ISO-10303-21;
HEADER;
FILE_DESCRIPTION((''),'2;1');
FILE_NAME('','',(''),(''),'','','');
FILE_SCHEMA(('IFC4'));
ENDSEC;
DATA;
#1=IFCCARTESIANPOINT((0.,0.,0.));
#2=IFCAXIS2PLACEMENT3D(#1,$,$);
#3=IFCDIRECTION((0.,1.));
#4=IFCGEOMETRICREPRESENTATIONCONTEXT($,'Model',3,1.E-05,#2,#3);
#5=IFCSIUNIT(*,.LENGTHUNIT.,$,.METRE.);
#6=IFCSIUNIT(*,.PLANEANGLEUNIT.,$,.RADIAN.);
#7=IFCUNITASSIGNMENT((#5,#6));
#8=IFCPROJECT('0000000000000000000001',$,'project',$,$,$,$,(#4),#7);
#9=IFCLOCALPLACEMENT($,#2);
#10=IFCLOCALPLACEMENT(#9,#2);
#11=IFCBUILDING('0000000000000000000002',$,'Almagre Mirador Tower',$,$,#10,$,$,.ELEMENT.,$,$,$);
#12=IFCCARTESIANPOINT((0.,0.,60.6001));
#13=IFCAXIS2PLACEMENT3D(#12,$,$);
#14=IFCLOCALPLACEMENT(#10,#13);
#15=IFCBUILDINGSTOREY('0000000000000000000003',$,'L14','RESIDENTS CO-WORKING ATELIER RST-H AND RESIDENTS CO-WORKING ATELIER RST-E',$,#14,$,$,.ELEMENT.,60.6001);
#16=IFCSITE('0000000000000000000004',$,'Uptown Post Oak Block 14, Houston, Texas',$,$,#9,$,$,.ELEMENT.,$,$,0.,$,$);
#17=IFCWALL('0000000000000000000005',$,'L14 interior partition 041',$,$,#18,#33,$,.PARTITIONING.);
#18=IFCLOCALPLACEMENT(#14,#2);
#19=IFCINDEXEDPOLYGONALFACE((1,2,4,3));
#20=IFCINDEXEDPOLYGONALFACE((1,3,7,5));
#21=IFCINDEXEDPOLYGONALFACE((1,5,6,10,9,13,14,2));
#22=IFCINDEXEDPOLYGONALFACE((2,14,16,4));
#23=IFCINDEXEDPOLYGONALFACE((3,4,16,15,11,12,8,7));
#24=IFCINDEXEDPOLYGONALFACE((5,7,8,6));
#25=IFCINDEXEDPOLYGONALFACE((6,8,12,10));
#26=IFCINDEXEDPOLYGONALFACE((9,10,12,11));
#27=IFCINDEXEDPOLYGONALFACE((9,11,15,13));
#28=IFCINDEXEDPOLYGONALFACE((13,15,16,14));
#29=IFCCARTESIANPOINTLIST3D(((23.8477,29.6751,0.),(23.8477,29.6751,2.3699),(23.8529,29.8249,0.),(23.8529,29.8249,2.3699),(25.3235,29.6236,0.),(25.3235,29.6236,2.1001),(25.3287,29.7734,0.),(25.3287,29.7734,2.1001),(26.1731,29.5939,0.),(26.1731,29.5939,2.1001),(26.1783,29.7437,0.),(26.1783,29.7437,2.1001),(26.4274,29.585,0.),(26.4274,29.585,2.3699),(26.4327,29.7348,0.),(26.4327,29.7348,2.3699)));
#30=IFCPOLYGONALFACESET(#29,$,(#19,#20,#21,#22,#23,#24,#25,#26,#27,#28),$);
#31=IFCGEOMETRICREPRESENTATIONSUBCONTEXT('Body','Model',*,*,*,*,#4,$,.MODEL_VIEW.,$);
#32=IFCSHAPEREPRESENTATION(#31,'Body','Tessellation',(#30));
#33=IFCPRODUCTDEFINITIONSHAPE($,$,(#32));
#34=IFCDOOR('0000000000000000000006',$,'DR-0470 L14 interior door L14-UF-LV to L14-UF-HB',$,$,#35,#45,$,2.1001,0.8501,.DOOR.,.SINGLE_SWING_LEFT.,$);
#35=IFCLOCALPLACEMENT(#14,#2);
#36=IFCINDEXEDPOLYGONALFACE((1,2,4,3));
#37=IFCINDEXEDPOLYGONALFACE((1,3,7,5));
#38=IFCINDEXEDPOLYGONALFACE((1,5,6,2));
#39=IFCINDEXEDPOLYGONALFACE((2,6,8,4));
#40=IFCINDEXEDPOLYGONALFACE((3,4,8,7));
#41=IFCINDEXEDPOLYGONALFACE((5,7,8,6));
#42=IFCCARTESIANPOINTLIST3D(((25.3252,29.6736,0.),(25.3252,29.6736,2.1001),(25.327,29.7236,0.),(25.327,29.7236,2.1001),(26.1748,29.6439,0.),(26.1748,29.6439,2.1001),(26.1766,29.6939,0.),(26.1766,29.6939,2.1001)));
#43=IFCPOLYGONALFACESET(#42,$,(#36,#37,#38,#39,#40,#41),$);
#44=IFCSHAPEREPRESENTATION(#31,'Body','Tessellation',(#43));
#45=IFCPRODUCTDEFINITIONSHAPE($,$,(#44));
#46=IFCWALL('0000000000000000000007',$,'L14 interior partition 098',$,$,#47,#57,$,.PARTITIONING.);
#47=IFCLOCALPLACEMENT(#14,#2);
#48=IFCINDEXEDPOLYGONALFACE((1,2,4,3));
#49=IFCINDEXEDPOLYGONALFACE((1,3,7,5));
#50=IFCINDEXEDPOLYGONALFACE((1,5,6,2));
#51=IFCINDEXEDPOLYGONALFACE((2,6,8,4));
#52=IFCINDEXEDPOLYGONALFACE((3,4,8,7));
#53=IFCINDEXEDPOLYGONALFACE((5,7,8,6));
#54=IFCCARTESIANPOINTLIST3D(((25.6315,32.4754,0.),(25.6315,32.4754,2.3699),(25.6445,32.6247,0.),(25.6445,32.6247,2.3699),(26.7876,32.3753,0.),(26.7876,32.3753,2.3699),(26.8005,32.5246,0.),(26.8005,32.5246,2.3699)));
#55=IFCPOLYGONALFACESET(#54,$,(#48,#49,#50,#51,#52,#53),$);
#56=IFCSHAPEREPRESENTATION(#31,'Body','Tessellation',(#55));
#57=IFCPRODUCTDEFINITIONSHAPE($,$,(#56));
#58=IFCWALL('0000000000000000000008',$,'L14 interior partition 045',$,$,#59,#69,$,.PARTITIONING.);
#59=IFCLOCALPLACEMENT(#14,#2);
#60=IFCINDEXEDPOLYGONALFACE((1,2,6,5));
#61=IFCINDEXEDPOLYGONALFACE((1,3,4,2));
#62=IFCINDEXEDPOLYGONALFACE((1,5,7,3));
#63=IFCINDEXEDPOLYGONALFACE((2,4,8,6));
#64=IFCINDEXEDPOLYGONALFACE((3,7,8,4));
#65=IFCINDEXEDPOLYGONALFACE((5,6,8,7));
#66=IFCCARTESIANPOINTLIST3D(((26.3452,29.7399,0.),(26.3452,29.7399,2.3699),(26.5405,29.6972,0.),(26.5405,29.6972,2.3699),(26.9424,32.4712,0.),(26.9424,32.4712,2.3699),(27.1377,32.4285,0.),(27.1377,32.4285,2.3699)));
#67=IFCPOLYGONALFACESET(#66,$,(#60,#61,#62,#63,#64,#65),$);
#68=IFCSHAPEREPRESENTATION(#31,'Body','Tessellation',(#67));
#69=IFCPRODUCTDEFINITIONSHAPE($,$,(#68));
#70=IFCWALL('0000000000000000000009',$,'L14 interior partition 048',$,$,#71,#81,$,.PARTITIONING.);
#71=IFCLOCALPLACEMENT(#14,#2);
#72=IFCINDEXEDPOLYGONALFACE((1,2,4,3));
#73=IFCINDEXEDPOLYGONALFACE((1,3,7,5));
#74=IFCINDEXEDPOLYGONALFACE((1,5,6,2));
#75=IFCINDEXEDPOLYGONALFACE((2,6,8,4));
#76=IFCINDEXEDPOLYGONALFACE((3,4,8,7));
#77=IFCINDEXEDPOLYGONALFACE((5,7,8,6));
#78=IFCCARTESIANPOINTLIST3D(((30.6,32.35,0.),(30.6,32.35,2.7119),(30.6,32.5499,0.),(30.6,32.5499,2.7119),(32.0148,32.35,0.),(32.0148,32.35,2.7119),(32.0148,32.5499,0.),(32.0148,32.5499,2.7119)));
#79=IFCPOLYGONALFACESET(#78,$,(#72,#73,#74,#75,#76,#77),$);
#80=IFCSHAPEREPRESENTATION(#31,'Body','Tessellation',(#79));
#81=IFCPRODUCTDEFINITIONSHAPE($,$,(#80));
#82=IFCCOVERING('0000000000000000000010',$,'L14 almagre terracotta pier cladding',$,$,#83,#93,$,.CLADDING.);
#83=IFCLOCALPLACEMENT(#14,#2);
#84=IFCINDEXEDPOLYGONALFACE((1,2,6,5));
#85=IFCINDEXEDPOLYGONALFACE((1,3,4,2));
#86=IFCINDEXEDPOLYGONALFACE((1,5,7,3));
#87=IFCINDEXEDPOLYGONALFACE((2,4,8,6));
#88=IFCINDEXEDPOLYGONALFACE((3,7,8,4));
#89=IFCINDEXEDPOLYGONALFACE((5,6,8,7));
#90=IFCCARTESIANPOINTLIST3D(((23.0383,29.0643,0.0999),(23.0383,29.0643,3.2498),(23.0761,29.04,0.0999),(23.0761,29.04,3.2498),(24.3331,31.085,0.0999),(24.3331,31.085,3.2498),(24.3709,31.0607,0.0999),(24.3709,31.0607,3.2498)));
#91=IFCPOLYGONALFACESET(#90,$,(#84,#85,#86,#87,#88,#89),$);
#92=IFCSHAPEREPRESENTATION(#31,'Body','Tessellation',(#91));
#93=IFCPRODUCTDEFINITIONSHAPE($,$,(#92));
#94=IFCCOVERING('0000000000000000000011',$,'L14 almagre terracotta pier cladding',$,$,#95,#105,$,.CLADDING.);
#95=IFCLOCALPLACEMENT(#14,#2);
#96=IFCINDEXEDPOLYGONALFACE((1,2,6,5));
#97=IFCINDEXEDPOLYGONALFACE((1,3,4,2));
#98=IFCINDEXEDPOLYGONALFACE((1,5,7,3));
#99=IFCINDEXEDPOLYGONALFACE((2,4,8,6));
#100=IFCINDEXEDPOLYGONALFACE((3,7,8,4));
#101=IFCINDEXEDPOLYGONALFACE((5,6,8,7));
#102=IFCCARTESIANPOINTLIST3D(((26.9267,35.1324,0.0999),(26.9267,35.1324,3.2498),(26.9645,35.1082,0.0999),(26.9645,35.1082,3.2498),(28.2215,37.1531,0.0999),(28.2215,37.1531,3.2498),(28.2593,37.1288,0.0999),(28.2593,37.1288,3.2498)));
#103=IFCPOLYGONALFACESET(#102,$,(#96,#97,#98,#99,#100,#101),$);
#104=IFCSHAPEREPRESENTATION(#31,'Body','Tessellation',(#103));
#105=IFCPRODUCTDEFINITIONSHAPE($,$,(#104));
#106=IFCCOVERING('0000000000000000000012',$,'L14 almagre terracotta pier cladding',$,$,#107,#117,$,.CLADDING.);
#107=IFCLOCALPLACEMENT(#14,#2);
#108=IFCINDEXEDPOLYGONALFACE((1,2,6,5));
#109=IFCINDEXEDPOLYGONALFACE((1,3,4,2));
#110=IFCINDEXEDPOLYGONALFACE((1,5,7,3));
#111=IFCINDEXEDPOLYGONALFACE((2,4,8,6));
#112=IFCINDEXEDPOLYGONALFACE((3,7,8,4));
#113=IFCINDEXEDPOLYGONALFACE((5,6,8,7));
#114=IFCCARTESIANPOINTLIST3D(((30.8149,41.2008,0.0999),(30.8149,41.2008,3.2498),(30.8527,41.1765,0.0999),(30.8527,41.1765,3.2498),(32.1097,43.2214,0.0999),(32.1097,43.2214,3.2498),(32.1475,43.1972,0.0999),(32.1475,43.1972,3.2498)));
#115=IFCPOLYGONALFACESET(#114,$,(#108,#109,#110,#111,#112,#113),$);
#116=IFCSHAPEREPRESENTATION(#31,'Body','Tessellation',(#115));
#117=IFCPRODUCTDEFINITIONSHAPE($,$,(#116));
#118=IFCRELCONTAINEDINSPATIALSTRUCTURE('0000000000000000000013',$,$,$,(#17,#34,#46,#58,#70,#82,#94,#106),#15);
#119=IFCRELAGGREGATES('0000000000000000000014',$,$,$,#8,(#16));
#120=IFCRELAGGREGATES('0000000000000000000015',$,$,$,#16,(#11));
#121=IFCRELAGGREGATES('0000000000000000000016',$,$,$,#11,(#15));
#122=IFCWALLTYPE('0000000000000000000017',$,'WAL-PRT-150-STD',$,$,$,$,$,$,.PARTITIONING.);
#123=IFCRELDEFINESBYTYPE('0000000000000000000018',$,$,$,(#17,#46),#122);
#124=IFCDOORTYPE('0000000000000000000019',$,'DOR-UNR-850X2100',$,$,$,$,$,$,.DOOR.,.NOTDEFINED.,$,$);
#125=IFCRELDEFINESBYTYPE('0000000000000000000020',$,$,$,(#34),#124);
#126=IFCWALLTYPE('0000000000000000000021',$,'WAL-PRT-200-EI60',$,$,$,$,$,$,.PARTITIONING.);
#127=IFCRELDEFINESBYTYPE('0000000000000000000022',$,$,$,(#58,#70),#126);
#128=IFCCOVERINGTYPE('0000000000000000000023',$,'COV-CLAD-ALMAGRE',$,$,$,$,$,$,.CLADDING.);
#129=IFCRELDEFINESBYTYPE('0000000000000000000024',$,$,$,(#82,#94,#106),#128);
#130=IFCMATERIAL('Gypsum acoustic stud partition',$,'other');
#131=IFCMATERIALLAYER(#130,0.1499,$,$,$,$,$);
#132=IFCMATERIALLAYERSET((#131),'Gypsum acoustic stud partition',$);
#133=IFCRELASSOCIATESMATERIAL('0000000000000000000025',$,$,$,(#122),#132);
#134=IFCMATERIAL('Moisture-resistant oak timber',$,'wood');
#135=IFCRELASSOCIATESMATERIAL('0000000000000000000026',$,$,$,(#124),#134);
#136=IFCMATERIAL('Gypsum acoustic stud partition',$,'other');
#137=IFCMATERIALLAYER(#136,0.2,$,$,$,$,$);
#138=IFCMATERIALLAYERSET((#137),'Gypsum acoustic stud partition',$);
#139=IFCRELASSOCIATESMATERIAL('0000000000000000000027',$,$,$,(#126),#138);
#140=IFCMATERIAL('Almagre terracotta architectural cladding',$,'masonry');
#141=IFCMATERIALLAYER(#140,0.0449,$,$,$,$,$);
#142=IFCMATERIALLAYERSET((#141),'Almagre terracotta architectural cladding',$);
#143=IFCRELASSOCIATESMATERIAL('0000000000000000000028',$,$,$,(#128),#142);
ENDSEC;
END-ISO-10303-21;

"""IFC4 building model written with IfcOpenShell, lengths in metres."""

from ifc_helpers import new_model, si_unit, direction, frame, frame_2d, origin, origin_2d, place, context, subcontext, project, spatial, rectangle, extrude, material, layer, layer_set, type_object, element, fill, save


model = new_model("IFC4")

# Units and contexts
model_context = context("Model", 3, precision=1e-05, world=origin(), true_north=direction((0.0, 1.0)))
body_context = subcontext(model_context, "Body", "Model", "MODEL_VIEW")
ifc_project = project(units=[si_unit("LENGTHUNIT", "METRE"), si_unit("PLANEANGLEUNIT", "RADIAN")], contexts=[model_context])

# Site, building, storey
site_placement = place(None, origin())
site = spatial("IfcSite", under=ifc_project, at=site_placement, Name="Uptown Post Oak Block 14, Houston, Texas", CompositionType="ELEMENT", RefElevation=0.0)
building_placement = place(site_placement, origin())
building = spatial("IfcBuilding", under=site, at=building_placement, Name="Almagre Mirador Tower", CompositionType="ELEMENT")
storey_placement = place(building_placement, frame((0.0, 0.0, 60.6001)))
storey = spatial("IfcBuildingStorey", under=building, at=storey_placement, Name="L14", Description="RESIDENTS CO-WORKING ATELIER RST-H AND RESIDENTS CO-WORKING ATELIER RST-E", CompositionType="ELEMENT", Elevation=60.6001)

# Wall, opening, door
ifc_material_1 = material(Name="Gypsum acoustic stud partition", Category="other")
ifc_layer_1 = layer(ifc_material_1, 0.1499)
ifc_layer_set_1 = layer_set([ifc_layer_1], Name="Gypsum acoustic stud partition")
wall_type_1 = type_object("IfcWallType", Name="WAL-PRT-150-STD", PredefinedType="PARTITIONING", material=ifc_layer_set_1)
wall_1_placement = place(storey_placement, frame((26.4299, 29.6599, 0.0), z_axis=(0.0, 0.0, 1.0), x_axis=(-0.999391, 0.034899, 0.0)))
wall_1 = element("IfcWall", 1, at=wall_1_placement, inside=storey, type_object=wall_type_1, Name="L14 interior partition 041", PredefinedType="PARTITIONING", context=body_context, shape_type="SweptSolid", body=[
    extrude(rectangle(XDim=2.5813, YDim=0.1499, at=frame_2d((1.2905, 0.0))), origin(), (0.0, 0.0, 1.0), 2.3699),
])
opening_1_placement = place(wall_1_placement, frame((0.2544, 0.0, 0.0)))
opening_1 = element("IfcOpeningElement", 2, at=opening_1_placement, cuts=wall_1, PredefinedType="OPENING", context=body_context, shape_type="SweptSolid", body=[
    extrude(rectangle(XDim=0.8501, YDim=2.1001, at=frame_2d((0.425, 1.05))), frame((0.0, 0.085, 0.0), z_axis=(0.0, -1.0, 0.0), x_axis=(1.0, 0.0, 0.0)), (0.0, 0.0, 1.0), 0.1699),
])
ifc_material_2 = material(Name="Moisture-resistant oak timber", Category="wood")
door_type = type_object("IfcDoorType", Name="DOR-UNR-850X2100", OperationType="NOTDEFINED", PredefinedType="DOOR", material=ifc_material_2)
door_placement = place(opening_1_placement, origin())
door = element("IfcDoor", 3, at=door_placement, inside=storey, type_object=door_type, Name="DR-0470 L14 interior door L14-UF-LV to L14-UF-HB", OperationType="SINGLE_SWING_LEFT", OverallHeight=2.1001, OverallWidth=0.8501, PredefinedType="DOOR", context=body_context, shape_type="SweptSolid", body=[
    extrude(rectangle(XDim=0.8501, YDim=2.1001, at=frame_2d((0.425, 1.05))), frame((0.0, 0.0249, 0.0), z_axis=(0.0, -1.0, 0.0), x_axis=(1.0, 0.0, 0.0)), (0.0, 0.0, 1.0), 0.05),
])
fill(opening_1, door)

# Walls
wall_2_placement = place(storey_placement, frame((26.7939, 32.45, 0.0), z_axis=(0.0, 0.0, 1.0), x_axis=(-0.996272, 0.086266, 0.0)))
element("IfcWall", 4, at=wall_2_placement, inside=storey, type_object=wall_type_1, Name="L14 interior partition 098", PredefinedType="PARTITIONING", context=body_context, shape_type="SweptSolid", body=[
    extrude(rectangle(XDim=1.1604, YDim=0.1499, at=frame_2d((0.5801, 0.0))), origin(), (0.0, 0.0, 1.0), 2.3699),
])
ifc_material_3 = material(Name="Gypsum acoustic stud partition", Category="other")
ifc_layer_2 = layer(ifc_material_3, 0.2)
ifc_layer_set_2 = layer_set([ifc_layer_2], Name="Gypsum acoustic stud partition")
wall_type_2 = type_object("IfcWallType", Name="WAL-PRT-200-EI60", PredefinedType="PARTITIONING", material=ifc_layer_set_2)
wall_3_placement = place(storey_placement, frame((26.4429, 29.7185, 0.0), z_axis=(0.0, 0.0, 1.0), x_axis=(0.213582, 0.976925, 0.0)))
element("IfcWall", 5, at=wall_3_placement, inside=storey, type_object=wall_type_2, Name="L14 interior partition 045", PredefinedType="PARTITIONING", context=body_context, shape_type="SweptSolid", body=[
    extrude(rectangle(XDim=2.7959, YDim=0.2, at=frame_2d((1.3979, 0.0))), origin(), (0.0, 0.0, 1.0), 2.3699),
])
wall_4_placement = place(storey_placement, frame((32.0149, 32.45, 0.0), z_axis=(0.0, 0.0, 1.0), x_axis=(-1.0, 0.0, 0.0)))
element("IfcWall", 6, at=wall_4_placement, inside=storey, type_object=wall_type_2, Name="L14 interior partition 048", PredefinedType="PARTITIONING", context=body_context, shape_type="SweptSolid", body=[
    extrude(rectangle(XDim=1.4148, YDim=0.2, at=frame_2d((0.7075, 0.0))), origin(), (0.0, 0.0, 1.0), 2.7119),
])

# Coverings
ifc_material_4 = material(Name="Almagre terracotta architectural cladding", Category="masonry")
ifc_layer_3 = layer(ifc_material_4, 0.0449)
ifc_layer_set_3 = layer_set([ifc_layer_3], Name="Almagre terracotta architectural cladding")
covering_type = type_object("IfcCoveringType", Name="COV-CLAD-ALMAGRE", PredefinedType="CLADDING", material=ifc_layer_set_3)
for number, where, z_axis, x_axis, name in (
    (7, (23.7046, 30.0625, 0.0999), (0.0, 0.0, 1.0), (0.539506, 0.841982, 0.0), "L14 almagre terracotta pier cladding"),
    (8, (27.593, 36.1306, 0.0999), (0.0, 0.0, 1.0), (0.539506, 0.841982, 0.0), "L14 almagre terracotta pier cladding"),
    (9, (31.4812, 42.199, 0.0999), (0.0, 0.0, 1.0), (0.539506, 0.841982, 0.0), "L14 almagre terracotta pier cladding"),
):
    element("IfcCovering", number, at=place(storey_placement, frame(where, z_axis=z_axis, x_axis=x_axis)), inside=storey, type_object=covering_type, Name=name, PredefinedType="CLADDING", context=body_context, shape_type="SweptSolid", body=[
        extrude(rectangle(XDim=2.3999, YDim=0.0449, at=origin_2d()), origin(), (0.0, 0.0, 1.0), 3.1499),
    ])

save(model, "model.ifc")
